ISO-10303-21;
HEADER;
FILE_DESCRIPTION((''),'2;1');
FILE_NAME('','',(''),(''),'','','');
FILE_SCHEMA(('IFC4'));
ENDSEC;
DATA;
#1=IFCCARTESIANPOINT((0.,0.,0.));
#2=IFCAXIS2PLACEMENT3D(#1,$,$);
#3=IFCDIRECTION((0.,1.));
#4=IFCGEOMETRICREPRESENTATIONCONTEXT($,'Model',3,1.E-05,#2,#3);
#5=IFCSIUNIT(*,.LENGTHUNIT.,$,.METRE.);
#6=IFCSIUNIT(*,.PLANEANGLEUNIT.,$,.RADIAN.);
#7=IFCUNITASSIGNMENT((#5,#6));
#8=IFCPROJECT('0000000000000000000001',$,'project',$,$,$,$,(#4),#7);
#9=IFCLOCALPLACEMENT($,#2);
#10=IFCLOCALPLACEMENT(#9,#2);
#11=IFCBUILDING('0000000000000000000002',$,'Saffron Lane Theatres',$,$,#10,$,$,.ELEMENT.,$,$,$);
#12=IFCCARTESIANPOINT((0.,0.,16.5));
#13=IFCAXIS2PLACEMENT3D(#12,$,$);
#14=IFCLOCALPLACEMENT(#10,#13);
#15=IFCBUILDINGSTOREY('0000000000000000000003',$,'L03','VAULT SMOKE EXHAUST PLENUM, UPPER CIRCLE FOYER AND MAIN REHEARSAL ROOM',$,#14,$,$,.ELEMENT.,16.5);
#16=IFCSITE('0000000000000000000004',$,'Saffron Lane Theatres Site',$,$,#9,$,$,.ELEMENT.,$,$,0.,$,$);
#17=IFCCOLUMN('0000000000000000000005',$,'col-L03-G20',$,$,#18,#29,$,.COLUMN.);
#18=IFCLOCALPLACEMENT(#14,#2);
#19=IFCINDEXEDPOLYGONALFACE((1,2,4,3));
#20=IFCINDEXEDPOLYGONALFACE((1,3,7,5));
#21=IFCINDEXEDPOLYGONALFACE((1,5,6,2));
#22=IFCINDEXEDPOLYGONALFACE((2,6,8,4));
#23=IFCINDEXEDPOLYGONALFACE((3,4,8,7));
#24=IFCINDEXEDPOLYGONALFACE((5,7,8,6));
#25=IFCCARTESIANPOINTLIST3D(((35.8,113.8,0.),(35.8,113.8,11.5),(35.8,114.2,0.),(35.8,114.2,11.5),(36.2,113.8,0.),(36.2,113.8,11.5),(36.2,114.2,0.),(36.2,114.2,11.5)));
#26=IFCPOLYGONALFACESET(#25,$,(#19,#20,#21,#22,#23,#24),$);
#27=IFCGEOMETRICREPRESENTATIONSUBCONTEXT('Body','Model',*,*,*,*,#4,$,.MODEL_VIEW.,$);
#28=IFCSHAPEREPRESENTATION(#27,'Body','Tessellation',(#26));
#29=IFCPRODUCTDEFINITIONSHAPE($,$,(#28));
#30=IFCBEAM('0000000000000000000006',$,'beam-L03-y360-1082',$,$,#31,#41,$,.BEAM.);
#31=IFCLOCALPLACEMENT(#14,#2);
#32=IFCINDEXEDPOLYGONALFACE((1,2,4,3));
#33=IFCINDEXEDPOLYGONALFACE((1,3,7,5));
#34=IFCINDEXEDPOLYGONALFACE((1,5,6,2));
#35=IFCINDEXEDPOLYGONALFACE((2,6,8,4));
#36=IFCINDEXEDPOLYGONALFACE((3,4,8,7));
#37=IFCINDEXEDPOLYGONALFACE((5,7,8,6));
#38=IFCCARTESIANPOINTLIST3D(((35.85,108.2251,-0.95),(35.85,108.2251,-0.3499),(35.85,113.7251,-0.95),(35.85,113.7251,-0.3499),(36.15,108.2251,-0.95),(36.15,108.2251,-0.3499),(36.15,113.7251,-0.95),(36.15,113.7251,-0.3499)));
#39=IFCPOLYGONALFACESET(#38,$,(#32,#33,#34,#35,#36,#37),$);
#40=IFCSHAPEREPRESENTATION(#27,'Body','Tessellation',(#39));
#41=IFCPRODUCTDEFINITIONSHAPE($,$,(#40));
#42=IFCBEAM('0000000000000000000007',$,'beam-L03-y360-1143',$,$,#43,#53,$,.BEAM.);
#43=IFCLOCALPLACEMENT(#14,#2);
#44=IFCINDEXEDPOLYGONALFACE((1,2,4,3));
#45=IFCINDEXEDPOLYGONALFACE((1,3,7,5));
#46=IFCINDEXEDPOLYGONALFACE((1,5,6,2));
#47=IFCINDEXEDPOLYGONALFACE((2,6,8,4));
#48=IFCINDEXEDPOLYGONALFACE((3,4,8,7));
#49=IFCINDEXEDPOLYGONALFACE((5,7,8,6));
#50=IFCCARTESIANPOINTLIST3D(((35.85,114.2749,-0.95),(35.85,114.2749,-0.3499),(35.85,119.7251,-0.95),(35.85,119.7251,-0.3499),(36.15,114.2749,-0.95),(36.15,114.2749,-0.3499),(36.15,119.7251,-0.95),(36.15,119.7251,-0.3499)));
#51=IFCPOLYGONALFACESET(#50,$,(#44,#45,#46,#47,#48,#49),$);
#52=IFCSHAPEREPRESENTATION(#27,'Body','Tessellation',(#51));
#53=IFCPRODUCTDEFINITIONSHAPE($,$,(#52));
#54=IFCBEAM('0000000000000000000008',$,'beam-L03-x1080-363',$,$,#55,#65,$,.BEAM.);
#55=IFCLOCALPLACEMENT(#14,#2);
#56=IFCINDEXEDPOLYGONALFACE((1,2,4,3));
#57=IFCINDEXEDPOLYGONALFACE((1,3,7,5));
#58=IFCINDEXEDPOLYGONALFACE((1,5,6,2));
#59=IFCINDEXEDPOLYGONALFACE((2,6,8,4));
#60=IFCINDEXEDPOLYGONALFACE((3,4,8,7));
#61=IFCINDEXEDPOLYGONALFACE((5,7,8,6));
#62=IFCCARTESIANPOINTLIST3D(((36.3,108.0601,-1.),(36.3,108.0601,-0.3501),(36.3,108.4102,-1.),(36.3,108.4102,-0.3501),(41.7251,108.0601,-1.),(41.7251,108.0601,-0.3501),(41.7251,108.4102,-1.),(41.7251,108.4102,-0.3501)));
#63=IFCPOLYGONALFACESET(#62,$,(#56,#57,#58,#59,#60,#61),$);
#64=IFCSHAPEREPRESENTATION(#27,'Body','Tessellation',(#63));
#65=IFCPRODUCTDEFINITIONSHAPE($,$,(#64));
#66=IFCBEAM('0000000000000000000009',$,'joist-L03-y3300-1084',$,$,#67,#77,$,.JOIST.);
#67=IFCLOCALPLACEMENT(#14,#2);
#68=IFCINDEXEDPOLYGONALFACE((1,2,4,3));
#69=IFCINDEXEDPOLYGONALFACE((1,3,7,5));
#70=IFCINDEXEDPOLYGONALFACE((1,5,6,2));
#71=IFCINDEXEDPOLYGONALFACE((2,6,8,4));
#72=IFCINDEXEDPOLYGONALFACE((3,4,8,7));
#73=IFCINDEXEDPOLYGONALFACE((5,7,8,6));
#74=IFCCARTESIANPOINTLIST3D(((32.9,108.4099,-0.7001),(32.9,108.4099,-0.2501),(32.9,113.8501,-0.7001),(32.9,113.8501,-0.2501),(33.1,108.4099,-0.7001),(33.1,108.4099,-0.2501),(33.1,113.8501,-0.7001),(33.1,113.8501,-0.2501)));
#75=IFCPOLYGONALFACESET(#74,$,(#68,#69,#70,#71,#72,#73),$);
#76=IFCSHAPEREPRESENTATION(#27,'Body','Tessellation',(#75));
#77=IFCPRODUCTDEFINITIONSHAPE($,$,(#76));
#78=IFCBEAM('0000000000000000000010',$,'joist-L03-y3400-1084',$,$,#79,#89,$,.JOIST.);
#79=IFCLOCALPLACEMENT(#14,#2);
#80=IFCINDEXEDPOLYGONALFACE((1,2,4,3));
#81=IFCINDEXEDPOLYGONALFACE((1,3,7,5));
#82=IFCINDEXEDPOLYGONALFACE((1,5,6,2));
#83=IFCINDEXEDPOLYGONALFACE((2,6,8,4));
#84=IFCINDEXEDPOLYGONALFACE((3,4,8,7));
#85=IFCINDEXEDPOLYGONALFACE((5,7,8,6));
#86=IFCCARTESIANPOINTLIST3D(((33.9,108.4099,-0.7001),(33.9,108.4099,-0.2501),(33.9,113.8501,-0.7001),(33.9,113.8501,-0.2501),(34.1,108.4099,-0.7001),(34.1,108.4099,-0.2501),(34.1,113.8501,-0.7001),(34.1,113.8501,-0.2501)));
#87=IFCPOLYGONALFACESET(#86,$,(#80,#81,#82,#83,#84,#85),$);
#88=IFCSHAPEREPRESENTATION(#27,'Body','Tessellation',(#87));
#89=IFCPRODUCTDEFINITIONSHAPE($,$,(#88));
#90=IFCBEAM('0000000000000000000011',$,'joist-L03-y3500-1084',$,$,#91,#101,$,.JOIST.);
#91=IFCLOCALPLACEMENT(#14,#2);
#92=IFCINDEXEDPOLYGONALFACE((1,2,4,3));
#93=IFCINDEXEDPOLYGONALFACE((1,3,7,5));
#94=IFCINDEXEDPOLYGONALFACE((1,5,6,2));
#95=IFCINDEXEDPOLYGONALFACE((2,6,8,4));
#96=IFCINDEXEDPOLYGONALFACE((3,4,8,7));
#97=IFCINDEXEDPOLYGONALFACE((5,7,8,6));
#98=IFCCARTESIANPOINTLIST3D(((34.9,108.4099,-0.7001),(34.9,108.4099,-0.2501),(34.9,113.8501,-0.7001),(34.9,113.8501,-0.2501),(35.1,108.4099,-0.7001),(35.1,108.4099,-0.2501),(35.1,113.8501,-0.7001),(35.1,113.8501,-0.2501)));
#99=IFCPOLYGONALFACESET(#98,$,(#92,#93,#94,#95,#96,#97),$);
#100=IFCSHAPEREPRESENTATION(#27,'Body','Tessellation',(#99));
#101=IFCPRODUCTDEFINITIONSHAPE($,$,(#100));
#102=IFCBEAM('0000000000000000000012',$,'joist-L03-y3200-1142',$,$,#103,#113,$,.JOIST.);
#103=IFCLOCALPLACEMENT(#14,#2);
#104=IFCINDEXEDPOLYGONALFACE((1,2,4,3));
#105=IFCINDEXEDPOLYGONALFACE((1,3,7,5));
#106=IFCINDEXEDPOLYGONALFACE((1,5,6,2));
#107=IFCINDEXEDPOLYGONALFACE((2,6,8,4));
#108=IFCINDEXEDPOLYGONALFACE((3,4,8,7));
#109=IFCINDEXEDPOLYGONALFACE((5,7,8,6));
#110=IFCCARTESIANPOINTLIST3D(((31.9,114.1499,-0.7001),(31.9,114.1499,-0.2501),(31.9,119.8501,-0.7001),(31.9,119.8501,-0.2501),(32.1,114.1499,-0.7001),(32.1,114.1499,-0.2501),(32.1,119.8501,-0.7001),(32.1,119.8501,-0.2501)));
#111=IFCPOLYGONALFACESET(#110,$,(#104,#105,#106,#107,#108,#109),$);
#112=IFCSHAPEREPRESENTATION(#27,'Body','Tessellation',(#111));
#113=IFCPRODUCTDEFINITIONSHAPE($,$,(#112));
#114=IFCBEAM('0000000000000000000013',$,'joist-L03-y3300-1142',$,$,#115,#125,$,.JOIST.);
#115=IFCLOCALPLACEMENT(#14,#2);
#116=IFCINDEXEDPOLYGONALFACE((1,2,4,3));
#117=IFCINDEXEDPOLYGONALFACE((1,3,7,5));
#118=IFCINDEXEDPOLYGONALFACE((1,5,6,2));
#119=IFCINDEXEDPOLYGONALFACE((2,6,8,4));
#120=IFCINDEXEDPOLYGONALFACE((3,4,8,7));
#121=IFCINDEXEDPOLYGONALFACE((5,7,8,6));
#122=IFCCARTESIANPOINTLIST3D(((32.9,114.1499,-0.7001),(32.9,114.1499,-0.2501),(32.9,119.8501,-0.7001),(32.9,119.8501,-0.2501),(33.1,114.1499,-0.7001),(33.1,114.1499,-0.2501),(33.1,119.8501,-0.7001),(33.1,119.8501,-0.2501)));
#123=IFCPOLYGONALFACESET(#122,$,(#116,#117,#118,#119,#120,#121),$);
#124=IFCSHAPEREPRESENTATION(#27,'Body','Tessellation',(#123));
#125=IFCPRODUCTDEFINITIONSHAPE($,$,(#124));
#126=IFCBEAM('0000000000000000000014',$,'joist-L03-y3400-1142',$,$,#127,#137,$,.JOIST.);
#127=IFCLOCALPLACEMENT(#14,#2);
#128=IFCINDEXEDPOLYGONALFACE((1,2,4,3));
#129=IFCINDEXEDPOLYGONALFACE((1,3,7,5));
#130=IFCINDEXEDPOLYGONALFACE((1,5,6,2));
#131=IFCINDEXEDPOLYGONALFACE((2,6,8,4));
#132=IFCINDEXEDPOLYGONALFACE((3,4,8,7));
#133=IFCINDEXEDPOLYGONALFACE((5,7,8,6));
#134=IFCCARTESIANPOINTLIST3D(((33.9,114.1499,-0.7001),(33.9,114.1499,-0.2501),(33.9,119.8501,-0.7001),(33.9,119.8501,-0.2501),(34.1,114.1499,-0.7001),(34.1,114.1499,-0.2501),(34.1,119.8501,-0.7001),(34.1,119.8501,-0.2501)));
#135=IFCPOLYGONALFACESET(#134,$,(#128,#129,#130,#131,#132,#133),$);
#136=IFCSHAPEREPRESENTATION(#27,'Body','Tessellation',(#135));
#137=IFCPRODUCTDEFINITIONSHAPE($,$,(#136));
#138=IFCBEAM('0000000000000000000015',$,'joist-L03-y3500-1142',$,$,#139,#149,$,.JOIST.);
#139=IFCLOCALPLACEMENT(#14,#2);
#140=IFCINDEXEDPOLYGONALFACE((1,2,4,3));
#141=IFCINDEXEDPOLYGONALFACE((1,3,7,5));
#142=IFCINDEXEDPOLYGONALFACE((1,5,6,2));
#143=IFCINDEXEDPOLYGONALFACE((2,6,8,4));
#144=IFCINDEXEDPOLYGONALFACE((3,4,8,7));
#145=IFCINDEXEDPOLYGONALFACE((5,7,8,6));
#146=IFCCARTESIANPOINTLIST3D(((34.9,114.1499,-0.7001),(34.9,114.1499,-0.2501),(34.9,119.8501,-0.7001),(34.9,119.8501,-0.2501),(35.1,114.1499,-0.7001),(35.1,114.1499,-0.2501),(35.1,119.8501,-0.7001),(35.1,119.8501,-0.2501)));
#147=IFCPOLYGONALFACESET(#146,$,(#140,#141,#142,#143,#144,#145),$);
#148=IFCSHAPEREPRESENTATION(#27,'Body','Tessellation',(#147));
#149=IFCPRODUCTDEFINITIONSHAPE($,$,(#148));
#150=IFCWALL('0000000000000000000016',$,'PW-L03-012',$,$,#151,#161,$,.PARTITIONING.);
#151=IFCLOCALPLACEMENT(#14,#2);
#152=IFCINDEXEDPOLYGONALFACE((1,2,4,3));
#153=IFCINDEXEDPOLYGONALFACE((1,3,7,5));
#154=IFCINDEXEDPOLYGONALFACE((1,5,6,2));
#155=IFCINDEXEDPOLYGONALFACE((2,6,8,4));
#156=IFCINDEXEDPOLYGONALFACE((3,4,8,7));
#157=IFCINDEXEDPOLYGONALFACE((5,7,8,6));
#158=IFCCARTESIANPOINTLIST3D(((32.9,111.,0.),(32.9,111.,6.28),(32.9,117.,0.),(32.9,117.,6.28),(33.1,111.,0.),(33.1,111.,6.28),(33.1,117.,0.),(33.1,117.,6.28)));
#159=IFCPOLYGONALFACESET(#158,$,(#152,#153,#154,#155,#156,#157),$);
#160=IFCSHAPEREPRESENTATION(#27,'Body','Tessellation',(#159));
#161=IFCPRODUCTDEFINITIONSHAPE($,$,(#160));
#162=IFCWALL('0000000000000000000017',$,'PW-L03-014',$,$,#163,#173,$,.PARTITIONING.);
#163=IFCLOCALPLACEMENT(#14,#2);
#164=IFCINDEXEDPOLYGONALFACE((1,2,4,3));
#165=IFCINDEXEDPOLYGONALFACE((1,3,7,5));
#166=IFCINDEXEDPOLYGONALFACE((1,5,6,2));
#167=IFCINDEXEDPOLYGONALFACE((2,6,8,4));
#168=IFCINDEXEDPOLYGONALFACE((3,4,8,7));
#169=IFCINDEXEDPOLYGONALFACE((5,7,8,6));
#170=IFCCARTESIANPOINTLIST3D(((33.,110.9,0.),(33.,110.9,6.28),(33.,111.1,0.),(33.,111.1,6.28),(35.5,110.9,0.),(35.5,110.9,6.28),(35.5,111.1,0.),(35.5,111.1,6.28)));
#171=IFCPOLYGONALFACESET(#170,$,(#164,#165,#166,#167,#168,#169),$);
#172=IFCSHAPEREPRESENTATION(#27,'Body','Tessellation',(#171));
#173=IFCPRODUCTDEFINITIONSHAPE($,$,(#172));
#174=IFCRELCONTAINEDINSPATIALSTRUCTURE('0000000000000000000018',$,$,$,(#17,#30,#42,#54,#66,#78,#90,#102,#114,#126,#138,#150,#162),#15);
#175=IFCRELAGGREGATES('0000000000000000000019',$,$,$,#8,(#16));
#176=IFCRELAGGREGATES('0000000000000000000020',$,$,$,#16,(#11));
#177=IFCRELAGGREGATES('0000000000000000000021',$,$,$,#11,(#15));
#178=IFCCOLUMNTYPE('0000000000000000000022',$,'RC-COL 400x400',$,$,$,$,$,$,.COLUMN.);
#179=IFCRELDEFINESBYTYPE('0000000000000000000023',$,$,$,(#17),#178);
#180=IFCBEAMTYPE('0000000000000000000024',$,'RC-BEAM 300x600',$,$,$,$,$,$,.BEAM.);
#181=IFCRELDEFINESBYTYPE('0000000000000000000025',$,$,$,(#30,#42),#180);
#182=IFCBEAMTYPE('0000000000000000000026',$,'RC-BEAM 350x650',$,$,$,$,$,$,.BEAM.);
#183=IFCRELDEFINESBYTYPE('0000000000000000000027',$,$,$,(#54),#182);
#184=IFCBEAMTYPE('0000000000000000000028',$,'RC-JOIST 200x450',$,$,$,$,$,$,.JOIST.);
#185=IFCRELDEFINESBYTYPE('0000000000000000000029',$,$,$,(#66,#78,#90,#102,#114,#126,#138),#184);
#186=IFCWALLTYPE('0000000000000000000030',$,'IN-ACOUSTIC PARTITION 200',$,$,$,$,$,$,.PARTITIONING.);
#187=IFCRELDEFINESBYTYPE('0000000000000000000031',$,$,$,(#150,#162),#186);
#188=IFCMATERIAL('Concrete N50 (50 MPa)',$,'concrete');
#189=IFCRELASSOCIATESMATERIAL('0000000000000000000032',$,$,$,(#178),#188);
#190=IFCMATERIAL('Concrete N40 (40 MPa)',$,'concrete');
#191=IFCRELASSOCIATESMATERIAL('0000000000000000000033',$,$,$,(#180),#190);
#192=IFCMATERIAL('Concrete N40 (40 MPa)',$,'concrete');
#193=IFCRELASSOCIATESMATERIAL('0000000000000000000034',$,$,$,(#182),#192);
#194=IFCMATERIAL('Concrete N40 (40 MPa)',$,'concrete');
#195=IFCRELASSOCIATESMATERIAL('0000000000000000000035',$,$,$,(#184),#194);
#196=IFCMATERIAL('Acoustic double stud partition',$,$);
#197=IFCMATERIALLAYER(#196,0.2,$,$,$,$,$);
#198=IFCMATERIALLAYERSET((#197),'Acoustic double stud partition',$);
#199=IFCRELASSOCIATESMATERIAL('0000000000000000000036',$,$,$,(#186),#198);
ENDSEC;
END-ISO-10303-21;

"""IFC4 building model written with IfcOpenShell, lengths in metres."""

from ifc_helpers import new_model, si_unit, direction, frame, frame_2d, origin, origin_2d, place, context, subcontext, project, spatial, rectangle, extrude, material, layer, layer_set, material_profile, profile_set, type_object, element, save


model = new_model("IFC4")

# Units and contexts
model_context = context("Model", 3, precision=1e-05, world=origin(), true_north=direction((0.0, 1.0)))
body_context = subcontext(model_context, "Body", "Model", "MODEL_VIEW")
ifc_project = project(units=[si_unit("LENGTHUNIT", "METRE"), si_unit("PLANEANGLEUNIT", "RADIAN")], contexts=[model_context])

# Site, building, storey
site_placement = place(None, origin())
site = spatial("IfcSite", under=ifc_project, at=site_placement, Name="Saffron Lane Theatres Site", CompositionType="ELEMENT", RefElevation=0.0)
building_placement = place(site_placement, origin())
building = spatial("IfcBuilding", under=site, at=building_placement, Name="Saffron Lane Theatres", CompositionType="ELEMENT")
storey_placement = place(building_placement, frame((0.0, 0.0, 16.5)))
storey = spatial("IfcBuildingStorey", under=building, at=storey_placement, Name="L03", Description="VAULT SMOKE EXHAUST PLENUM, UPPER CIRCLE FOYER AND MAIN REHEARSAL ROOM", CompositionType="ELEMENT", Elevation=16.5)

# Column
ifc_material_1 = material(Name="Concrete N50 (50 MPa)", Category="concrete")
ifc_material_profile_1 = material_profile(ifc_material_1, rectangle(XDim=0.3999, YDim=0.3999, at=origin_2d()))
ifc_profile_set_1 = profile_set([ifc_material_profile_1], Name="Concrete N50 (50 MPa)")
column_type = type_object("IfcColumnType", Name="RC-COL 400x400", PredefinedType="COLUMN", material=ifc_profile_set_1)
column_placement = place(storey_placement, frame((36.0, 114.0, 0.0), z_axis=(0.0, 0.0, 1.0), x_axis=(1.0, 0.0, 0.0)))
element("IfcColumn", 1, at=column_placement, inside=storey, type_object=column_type, Name="col-L03-G20", PredefinedType="COLUMN", context=body_context, shape_type="SweptSolid", body=[
    extrude(rectangle(XDim=0.3999, YDim=0.3999, at=origin_2d()), origin(), (0.0, 0.0, 1.0), 11.5),
])

# Beams
ifc_material_2 = material(Name="Concrete N40 (40 MPa)", Category="concrete")
ifc_material_profile_2 = material_profile(ifc_material_2, rectangle(XDim=0.3, YDim=0.6001, at=origin_2d()))
ifc_profile_set_2 = profile_set([ifc_material_profile_2], Name="Concrete N40 (40 MPa)")
beam_type_1 = type_object("IfcBeamType", Name="RC-BEAM 300x600", PredefinedType="BEAM", material=ifc_profile_set_2)
beam_1_placement = place(storey_placement, frame((36.0, 108.2251, -0.6499), z_axis=(0.0, 1.0, 0.0), x_axis=(-1.0, 0.0, 0.0)))
element("IfcBeam", 2, at=beam_1_placement, inside=storey, type_object=beam_type_1, Name="beam-L03-y360-1082", PredefinedType="BEAM", context=body_context, shape_type="SweptSolid", body=[
    extrude(rectangle(XDim=0.3, YDim=0.6001, at=origin_2d()), origin(), (0.0, 0.0, 1.0), 5.5),
])
beam_2_placement = place(storey_placement, frame((36.0, 114.2749, -0.6499), z_axis=(0.0, 1.0, 0.0), x_axis=(-1.0, 0.0, 0.0)))
element("IfcBeam", 3, at=beam_2_placement, inside=storey, type_object=beam_type_1, Name="beam-L03-y360-1143", PredefinedType="BEAM", context=body_context, shape_type="SweptSolid", body=[
    extrude(rectangle(XDim=0.3, YDim=0.6001, at=origin_2d()), origin(), (0.0, 0.0, 1.0), 5.4502),
])
ifc_material_3 = material(Name="Concrete N40 (40 MPa)", Category="concrete")
ifc_material_profile_3 = material_profile(ifc_material_3, rectangle(XDim=0.3501, YDim=0.6499, at=origin_2d()))
ifc_profile_set_3 = profile_set([ifc_material_profile_3], Name="Concrete N40 (40 MPa)")
beam_type_2 = type_object("IfcBeamType", Name="RC-BEAM 350x650", PredefinedType="BEAM", material=ifc_profile_set_3)
beam_3_placement = place(storey_placement, frame((36.3, 108.2351, -0.675), z_axis=(1.0, 0.0, 0.0), x_axis=(0.0, 1.0, 0.0)))
element("IfcBeam", 4, at=beam_3_placement, inside=storey, type_object=beam_type_2, Name="beam-L03-x1080-363", PredefinedType="BEAM", context=body_context, shape_type="SweptSolid", body=[
    extrude(rectangle(XDim=0.3501, YDim=0.6499, at=origin_2d()), origin(), (0.0, 0.0, 1.0), 5.425),
])
ifc_material_4 = material(Name="Concrete N40 (40 MPa)", Category="concrete")
ifc_material_profile_4 = material_profile(ifc_material_4, rectangle(XDim=0.2, YDim=0.45, at=origin_2d()))
ifc_profile_set_4 = profile_set([ifc_material_profile_4], Name="Concrete N40 (40 MPa)")
beam_type_3 = type_object("IfcBeamType", Name="RC-JOIST 200x450", PredefinedType="JOIST", material=ifc_profile_set_4)
for number, where, z_axis, x_axis, name in (
    (5, (33.0, 108.4099, -0.4751), (0.0, 1.0, 0.0), (-1.0, 0.0, 0.0), "joist-L03-y3300-1084"),
    (6, (34.0, 108.4099, -0.4751), (0.0, 1.0, 0.0), (-1.0, 0.0, 0.0), "joist-L03-y3400-1084"),
    (7, (35.0, 108.4099, -0.4751), (0.0, 1.0, 0.0), (-1.0, 0.0, 0.0), "joist-L03-y3500-1084"),
):
    element("IfcBeam", number, at=place(storey_placement, frame(where, z_axis=z_axis, x_axis=x_axis)), inside=storey, type_object=beam_type_3, Name=name, PredefinedType="JOIST", context=body_context, shape_type="SweptSolid", body=[
        extrude(rectangle(XDim=0.2, YDim=0.45, at=origin_2d()), origin(), (0.0, 0.0, 1.0), 5.4402),
    ])
for number, where, z_axis, x_axis, name in (
    (8, (32.0, 114.1499, -0.4751), (0.0, 1.0, 0.0), (-1.0, 0.0, 0.0), "joist-L03-y3200-1142"),
    (9, (33.0, 114.1499, -0.4751), (0.0, 1.0, 0.0), (-1.0, 0.0, 0.0), "joist-L03-y3300-1142"),
    (10, (34.0, 114.1499, -0.4751), (0.0, 1.0, 0.0), (-1.0, 0.0, 0.0), "joist-L03-y3400-1142"),
    (11, (35.0, 114.1499, -0.4751), (0.0, 1.0, 0.0), (-1.0, 0.0, 0.0), "joist-L03-y3500-1142"),
):
    element("IfcBeam", number, at=place(storey_placement, frame(where, z_axis=z_axis, x_axis=x_axis)), inside=storey, type_object=beam_type_3, Name=name, PredefinedType="JOIST", context=body_context, shape_type="SweptSolid", body=[
        extrude(rectangle(XDim=0.2, YDim=0.45, at=origin_2d()), origin(), (0.0, 0.0, 1.0), 5.7002),
    ])

# Walls
ifc_material_5 = material(Name="Acoustic double stud partition")
ifc_layer = layer(ifc_material_5, 0.2)
ifc_layer_set = layer_set([ifc_layer], Name="Acoustic double stud partition")
wall_type = type_object("IfcWallType", Name="IN-ACOUSTIC PARTITION 200", PredefinedType="PARTITIONING", material=ifc_layer_set)
wall_1_placement = place(storey_placement, frame((33.0, 111.0, 0.0), z_axis=(0.0, 0.0, 1.0), x_axis=(0.0, 1.0, 0.0)))
element("IfcWall", 12, at=wall_1_placement, inside=storey, type_object=wall_type, Name="PW-L03-012", PredefinedType="PARTITIONING", context=body_context, shape_type="SweptSolid", body=[
    extrude(rectangle(XDim=6.0, YDim=0.2, at=frame_2d((3.0, 0.0))), origin(), (0.0, 0.0, 1.0), 6.28),
])
wall_2_placement = place(storey_placement, frame((33.0, 111.0, 0.0), z_axis=(0.0, 0.0, 1.0), x_axis=(1.0, 0.0, 0.0)))
element("IfcWall", 13, at=wall_2_placement, inside=storey, type_object=wall_type, Name="PW-L03-014", PredefinedType="PARTITIONING", context=body_context, shape_type="SweptSolid", body=[
    extrude(rectangle(XDim=2.5, YDim=0.2, at=frame_2d((1.25, 0.0))), origin(), (0.0, 0.0, 1.0), 6.28),
])

save(model, "model.ifc")
